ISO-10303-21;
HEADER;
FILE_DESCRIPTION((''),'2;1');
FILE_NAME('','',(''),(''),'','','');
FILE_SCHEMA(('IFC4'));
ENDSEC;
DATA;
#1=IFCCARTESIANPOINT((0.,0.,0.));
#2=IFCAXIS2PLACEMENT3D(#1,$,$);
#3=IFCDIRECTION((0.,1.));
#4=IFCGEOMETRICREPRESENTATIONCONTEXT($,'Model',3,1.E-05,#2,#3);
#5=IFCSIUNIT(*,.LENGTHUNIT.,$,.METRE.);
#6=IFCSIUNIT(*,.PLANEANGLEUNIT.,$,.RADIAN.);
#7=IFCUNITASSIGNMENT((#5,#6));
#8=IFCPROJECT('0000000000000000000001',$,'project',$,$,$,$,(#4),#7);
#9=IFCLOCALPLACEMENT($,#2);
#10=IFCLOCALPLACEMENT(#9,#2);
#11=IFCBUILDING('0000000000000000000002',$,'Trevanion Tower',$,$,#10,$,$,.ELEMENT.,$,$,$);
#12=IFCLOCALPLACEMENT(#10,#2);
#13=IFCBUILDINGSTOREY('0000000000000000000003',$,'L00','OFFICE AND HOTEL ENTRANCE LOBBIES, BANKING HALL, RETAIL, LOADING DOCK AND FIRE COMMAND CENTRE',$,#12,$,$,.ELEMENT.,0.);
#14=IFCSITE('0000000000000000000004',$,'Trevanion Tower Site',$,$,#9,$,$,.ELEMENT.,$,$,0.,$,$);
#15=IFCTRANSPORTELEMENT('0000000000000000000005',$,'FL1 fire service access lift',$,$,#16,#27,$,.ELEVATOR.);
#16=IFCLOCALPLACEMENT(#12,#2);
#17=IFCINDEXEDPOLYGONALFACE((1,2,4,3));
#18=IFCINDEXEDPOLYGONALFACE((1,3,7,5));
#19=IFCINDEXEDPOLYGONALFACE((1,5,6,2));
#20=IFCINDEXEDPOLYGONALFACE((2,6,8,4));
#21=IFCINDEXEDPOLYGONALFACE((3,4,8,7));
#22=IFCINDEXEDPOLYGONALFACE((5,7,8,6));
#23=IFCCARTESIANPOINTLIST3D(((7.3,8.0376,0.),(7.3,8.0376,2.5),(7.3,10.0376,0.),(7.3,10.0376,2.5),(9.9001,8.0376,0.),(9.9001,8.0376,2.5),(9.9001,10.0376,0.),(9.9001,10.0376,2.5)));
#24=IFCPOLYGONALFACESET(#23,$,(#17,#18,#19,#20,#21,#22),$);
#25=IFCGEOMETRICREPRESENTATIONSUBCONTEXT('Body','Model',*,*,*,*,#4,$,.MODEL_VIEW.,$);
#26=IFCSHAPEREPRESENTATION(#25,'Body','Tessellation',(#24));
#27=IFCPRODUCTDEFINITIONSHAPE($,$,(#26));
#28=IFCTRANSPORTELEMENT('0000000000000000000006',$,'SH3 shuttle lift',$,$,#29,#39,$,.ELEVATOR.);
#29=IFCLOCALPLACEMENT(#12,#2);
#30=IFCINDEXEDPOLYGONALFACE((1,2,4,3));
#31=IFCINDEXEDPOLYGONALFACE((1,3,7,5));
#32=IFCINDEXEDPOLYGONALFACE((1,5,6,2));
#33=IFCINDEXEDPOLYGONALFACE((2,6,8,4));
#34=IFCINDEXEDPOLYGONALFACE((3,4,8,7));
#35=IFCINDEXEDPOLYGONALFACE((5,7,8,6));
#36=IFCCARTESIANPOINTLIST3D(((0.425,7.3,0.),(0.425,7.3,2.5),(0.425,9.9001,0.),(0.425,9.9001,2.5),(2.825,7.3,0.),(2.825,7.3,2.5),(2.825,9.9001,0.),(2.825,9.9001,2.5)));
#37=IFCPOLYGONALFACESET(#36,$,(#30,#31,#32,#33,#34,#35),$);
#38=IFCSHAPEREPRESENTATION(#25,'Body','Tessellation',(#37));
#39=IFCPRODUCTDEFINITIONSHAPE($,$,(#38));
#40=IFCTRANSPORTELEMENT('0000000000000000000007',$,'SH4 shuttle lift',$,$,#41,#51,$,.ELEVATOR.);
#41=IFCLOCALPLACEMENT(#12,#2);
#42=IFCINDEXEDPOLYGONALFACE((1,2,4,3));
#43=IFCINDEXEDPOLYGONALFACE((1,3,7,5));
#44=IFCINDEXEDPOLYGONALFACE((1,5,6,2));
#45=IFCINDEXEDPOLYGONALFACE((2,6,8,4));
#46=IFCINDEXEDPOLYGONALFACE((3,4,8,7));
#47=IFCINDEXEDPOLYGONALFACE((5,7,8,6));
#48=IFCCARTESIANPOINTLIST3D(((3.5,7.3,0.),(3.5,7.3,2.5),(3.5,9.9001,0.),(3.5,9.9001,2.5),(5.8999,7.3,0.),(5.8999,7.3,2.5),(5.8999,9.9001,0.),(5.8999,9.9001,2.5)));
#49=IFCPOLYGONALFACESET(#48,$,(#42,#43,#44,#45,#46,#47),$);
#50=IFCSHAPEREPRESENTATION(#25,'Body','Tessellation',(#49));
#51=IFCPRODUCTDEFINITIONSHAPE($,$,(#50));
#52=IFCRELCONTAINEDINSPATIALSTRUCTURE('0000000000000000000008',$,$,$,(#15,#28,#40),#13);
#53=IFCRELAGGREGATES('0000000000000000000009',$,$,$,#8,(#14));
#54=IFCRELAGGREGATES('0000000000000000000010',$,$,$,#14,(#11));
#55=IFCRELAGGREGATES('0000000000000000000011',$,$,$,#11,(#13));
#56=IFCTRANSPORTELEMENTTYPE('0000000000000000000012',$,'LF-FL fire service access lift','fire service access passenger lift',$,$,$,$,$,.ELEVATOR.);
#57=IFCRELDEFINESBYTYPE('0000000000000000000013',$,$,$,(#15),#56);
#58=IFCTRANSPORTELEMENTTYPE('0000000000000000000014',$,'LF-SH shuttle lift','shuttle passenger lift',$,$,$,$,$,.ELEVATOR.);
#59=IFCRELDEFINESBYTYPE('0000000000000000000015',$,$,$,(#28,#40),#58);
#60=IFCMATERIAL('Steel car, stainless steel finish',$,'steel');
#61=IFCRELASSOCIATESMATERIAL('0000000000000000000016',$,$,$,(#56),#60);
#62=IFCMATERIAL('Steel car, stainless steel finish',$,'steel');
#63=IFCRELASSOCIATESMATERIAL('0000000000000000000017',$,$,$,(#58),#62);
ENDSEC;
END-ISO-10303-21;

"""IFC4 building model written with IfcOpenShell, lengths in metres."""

from ifc_helpers import new_model, si_unit, direction, frame, origin, origin_2d, place, context, subcontext, project, spatial, rectangle, extrude, material, type_object, element, save


model = new_model("IFC4")

# Units and contexts
model_context = context("Model", 3, precision=1e-05, world=origin(), true_north=direction((0.0, 1.0)))
body_context = subcontext(model_context, "Body", "Model", "MODEL_VIEW")
ifc_project = project(units=[si_unit("LENGTHUNIT", "METRE"), si_unit("PLANEANGLEUNIT", "RADIAN")], contexts=[model_context])

# Site, building, storey
site_placement = place(None, origin())
site = spatial("IfcSite", under=ifc_project, at=site_placement, Name="Trevanion Tower Site", CompositionType="ELEMENT", RefElevation=0.0)
building_placement = place(site_placement, origin())
building = spatial("IfcBuilding", under=site, at=building_placement, Name="Trevanion Tower", CompositionType="ELEMENT")
storey_placement = place(building_placement, origin())
storey = spatial("IfcBuildingStorey", under=building, at=storey_placement, Name="L00", Description="OFFICE AND HOTEL ENTRANCE LOBBIES, BANKING HALL, RETAIL, LOADING DOCK AND FIRE COMMAND CENTRE", CompositionType="ELEMENT", Elevation=0.0)

# Transport elements
ifc_material_1 = material(Name="Steel car, stainless steel finish", Category="steel")
transport_element_type_1 = type_object("IfcTransportElementType", Name="LF-FL fire service access lift", Description="fire service access passenger lift", PredefinedType="ELEVATOR", material=ifc_material_1)
transport_element_placement = place(storey_placement, frame((8.6001, 9.0376, 0.0), z_axis=(0.0, 0.0, 1.0), x_axis=(1.0, 0.0, 0.0)))
element("IfcTransportElement", 1, at=transport_element_placement, inside=storey, type_object=transport_element_type_1, Name="FL1 fire service access lift", PredefinedType="ELEVATOR", context=body_context, shape_type="SweptSolid", body=[
    extrude(rectangle(XDim=2.6001, YDim=2.0, at=origin_2d()), origin(), (0.0, 0.0, 1.0), 2.5),
])
ifc_material_2 = material(Name="Steel car, stainless steel finish", Category="steel")
transport_element_type_2 = type_object("IfcTransportElementType", Name="LF-SH shuttle lift", Description="shuttle passenger lift", PredefinedType="ELEVATOR", material=ifc_material_2)
for number, where, z_axis, x_axis, name in (
    (2, (1.625, 8.6001, 0.0), (0.0, 0.0, 1.0), (1.0, 0.0, 0.0), "SH3 shuttle lift"),
    (3, (4.7, 8.6001, 0.0), (0.0, 0.0, 1.0), (1.0, 0.0, 0.0), "SH4 shuttle lift"),
):
    element("IfcTransportElement", number, at=place(storey_placement, frame(where, z_axis=z_axis, x_axis=x_axis)), inside=storey, type_object=transport_element_type_2, Name=name, PredefinedType="ELEVATOR", context=body_context, shape_type="SweptSolid", body=[
        extrude(rectangle(XDim=2.3999, YDim=2.6001, at=origin_2d()), origin(), (0.0, 0.0, 1.0), 2.5),
    ])

save(model, "model.ifc")
